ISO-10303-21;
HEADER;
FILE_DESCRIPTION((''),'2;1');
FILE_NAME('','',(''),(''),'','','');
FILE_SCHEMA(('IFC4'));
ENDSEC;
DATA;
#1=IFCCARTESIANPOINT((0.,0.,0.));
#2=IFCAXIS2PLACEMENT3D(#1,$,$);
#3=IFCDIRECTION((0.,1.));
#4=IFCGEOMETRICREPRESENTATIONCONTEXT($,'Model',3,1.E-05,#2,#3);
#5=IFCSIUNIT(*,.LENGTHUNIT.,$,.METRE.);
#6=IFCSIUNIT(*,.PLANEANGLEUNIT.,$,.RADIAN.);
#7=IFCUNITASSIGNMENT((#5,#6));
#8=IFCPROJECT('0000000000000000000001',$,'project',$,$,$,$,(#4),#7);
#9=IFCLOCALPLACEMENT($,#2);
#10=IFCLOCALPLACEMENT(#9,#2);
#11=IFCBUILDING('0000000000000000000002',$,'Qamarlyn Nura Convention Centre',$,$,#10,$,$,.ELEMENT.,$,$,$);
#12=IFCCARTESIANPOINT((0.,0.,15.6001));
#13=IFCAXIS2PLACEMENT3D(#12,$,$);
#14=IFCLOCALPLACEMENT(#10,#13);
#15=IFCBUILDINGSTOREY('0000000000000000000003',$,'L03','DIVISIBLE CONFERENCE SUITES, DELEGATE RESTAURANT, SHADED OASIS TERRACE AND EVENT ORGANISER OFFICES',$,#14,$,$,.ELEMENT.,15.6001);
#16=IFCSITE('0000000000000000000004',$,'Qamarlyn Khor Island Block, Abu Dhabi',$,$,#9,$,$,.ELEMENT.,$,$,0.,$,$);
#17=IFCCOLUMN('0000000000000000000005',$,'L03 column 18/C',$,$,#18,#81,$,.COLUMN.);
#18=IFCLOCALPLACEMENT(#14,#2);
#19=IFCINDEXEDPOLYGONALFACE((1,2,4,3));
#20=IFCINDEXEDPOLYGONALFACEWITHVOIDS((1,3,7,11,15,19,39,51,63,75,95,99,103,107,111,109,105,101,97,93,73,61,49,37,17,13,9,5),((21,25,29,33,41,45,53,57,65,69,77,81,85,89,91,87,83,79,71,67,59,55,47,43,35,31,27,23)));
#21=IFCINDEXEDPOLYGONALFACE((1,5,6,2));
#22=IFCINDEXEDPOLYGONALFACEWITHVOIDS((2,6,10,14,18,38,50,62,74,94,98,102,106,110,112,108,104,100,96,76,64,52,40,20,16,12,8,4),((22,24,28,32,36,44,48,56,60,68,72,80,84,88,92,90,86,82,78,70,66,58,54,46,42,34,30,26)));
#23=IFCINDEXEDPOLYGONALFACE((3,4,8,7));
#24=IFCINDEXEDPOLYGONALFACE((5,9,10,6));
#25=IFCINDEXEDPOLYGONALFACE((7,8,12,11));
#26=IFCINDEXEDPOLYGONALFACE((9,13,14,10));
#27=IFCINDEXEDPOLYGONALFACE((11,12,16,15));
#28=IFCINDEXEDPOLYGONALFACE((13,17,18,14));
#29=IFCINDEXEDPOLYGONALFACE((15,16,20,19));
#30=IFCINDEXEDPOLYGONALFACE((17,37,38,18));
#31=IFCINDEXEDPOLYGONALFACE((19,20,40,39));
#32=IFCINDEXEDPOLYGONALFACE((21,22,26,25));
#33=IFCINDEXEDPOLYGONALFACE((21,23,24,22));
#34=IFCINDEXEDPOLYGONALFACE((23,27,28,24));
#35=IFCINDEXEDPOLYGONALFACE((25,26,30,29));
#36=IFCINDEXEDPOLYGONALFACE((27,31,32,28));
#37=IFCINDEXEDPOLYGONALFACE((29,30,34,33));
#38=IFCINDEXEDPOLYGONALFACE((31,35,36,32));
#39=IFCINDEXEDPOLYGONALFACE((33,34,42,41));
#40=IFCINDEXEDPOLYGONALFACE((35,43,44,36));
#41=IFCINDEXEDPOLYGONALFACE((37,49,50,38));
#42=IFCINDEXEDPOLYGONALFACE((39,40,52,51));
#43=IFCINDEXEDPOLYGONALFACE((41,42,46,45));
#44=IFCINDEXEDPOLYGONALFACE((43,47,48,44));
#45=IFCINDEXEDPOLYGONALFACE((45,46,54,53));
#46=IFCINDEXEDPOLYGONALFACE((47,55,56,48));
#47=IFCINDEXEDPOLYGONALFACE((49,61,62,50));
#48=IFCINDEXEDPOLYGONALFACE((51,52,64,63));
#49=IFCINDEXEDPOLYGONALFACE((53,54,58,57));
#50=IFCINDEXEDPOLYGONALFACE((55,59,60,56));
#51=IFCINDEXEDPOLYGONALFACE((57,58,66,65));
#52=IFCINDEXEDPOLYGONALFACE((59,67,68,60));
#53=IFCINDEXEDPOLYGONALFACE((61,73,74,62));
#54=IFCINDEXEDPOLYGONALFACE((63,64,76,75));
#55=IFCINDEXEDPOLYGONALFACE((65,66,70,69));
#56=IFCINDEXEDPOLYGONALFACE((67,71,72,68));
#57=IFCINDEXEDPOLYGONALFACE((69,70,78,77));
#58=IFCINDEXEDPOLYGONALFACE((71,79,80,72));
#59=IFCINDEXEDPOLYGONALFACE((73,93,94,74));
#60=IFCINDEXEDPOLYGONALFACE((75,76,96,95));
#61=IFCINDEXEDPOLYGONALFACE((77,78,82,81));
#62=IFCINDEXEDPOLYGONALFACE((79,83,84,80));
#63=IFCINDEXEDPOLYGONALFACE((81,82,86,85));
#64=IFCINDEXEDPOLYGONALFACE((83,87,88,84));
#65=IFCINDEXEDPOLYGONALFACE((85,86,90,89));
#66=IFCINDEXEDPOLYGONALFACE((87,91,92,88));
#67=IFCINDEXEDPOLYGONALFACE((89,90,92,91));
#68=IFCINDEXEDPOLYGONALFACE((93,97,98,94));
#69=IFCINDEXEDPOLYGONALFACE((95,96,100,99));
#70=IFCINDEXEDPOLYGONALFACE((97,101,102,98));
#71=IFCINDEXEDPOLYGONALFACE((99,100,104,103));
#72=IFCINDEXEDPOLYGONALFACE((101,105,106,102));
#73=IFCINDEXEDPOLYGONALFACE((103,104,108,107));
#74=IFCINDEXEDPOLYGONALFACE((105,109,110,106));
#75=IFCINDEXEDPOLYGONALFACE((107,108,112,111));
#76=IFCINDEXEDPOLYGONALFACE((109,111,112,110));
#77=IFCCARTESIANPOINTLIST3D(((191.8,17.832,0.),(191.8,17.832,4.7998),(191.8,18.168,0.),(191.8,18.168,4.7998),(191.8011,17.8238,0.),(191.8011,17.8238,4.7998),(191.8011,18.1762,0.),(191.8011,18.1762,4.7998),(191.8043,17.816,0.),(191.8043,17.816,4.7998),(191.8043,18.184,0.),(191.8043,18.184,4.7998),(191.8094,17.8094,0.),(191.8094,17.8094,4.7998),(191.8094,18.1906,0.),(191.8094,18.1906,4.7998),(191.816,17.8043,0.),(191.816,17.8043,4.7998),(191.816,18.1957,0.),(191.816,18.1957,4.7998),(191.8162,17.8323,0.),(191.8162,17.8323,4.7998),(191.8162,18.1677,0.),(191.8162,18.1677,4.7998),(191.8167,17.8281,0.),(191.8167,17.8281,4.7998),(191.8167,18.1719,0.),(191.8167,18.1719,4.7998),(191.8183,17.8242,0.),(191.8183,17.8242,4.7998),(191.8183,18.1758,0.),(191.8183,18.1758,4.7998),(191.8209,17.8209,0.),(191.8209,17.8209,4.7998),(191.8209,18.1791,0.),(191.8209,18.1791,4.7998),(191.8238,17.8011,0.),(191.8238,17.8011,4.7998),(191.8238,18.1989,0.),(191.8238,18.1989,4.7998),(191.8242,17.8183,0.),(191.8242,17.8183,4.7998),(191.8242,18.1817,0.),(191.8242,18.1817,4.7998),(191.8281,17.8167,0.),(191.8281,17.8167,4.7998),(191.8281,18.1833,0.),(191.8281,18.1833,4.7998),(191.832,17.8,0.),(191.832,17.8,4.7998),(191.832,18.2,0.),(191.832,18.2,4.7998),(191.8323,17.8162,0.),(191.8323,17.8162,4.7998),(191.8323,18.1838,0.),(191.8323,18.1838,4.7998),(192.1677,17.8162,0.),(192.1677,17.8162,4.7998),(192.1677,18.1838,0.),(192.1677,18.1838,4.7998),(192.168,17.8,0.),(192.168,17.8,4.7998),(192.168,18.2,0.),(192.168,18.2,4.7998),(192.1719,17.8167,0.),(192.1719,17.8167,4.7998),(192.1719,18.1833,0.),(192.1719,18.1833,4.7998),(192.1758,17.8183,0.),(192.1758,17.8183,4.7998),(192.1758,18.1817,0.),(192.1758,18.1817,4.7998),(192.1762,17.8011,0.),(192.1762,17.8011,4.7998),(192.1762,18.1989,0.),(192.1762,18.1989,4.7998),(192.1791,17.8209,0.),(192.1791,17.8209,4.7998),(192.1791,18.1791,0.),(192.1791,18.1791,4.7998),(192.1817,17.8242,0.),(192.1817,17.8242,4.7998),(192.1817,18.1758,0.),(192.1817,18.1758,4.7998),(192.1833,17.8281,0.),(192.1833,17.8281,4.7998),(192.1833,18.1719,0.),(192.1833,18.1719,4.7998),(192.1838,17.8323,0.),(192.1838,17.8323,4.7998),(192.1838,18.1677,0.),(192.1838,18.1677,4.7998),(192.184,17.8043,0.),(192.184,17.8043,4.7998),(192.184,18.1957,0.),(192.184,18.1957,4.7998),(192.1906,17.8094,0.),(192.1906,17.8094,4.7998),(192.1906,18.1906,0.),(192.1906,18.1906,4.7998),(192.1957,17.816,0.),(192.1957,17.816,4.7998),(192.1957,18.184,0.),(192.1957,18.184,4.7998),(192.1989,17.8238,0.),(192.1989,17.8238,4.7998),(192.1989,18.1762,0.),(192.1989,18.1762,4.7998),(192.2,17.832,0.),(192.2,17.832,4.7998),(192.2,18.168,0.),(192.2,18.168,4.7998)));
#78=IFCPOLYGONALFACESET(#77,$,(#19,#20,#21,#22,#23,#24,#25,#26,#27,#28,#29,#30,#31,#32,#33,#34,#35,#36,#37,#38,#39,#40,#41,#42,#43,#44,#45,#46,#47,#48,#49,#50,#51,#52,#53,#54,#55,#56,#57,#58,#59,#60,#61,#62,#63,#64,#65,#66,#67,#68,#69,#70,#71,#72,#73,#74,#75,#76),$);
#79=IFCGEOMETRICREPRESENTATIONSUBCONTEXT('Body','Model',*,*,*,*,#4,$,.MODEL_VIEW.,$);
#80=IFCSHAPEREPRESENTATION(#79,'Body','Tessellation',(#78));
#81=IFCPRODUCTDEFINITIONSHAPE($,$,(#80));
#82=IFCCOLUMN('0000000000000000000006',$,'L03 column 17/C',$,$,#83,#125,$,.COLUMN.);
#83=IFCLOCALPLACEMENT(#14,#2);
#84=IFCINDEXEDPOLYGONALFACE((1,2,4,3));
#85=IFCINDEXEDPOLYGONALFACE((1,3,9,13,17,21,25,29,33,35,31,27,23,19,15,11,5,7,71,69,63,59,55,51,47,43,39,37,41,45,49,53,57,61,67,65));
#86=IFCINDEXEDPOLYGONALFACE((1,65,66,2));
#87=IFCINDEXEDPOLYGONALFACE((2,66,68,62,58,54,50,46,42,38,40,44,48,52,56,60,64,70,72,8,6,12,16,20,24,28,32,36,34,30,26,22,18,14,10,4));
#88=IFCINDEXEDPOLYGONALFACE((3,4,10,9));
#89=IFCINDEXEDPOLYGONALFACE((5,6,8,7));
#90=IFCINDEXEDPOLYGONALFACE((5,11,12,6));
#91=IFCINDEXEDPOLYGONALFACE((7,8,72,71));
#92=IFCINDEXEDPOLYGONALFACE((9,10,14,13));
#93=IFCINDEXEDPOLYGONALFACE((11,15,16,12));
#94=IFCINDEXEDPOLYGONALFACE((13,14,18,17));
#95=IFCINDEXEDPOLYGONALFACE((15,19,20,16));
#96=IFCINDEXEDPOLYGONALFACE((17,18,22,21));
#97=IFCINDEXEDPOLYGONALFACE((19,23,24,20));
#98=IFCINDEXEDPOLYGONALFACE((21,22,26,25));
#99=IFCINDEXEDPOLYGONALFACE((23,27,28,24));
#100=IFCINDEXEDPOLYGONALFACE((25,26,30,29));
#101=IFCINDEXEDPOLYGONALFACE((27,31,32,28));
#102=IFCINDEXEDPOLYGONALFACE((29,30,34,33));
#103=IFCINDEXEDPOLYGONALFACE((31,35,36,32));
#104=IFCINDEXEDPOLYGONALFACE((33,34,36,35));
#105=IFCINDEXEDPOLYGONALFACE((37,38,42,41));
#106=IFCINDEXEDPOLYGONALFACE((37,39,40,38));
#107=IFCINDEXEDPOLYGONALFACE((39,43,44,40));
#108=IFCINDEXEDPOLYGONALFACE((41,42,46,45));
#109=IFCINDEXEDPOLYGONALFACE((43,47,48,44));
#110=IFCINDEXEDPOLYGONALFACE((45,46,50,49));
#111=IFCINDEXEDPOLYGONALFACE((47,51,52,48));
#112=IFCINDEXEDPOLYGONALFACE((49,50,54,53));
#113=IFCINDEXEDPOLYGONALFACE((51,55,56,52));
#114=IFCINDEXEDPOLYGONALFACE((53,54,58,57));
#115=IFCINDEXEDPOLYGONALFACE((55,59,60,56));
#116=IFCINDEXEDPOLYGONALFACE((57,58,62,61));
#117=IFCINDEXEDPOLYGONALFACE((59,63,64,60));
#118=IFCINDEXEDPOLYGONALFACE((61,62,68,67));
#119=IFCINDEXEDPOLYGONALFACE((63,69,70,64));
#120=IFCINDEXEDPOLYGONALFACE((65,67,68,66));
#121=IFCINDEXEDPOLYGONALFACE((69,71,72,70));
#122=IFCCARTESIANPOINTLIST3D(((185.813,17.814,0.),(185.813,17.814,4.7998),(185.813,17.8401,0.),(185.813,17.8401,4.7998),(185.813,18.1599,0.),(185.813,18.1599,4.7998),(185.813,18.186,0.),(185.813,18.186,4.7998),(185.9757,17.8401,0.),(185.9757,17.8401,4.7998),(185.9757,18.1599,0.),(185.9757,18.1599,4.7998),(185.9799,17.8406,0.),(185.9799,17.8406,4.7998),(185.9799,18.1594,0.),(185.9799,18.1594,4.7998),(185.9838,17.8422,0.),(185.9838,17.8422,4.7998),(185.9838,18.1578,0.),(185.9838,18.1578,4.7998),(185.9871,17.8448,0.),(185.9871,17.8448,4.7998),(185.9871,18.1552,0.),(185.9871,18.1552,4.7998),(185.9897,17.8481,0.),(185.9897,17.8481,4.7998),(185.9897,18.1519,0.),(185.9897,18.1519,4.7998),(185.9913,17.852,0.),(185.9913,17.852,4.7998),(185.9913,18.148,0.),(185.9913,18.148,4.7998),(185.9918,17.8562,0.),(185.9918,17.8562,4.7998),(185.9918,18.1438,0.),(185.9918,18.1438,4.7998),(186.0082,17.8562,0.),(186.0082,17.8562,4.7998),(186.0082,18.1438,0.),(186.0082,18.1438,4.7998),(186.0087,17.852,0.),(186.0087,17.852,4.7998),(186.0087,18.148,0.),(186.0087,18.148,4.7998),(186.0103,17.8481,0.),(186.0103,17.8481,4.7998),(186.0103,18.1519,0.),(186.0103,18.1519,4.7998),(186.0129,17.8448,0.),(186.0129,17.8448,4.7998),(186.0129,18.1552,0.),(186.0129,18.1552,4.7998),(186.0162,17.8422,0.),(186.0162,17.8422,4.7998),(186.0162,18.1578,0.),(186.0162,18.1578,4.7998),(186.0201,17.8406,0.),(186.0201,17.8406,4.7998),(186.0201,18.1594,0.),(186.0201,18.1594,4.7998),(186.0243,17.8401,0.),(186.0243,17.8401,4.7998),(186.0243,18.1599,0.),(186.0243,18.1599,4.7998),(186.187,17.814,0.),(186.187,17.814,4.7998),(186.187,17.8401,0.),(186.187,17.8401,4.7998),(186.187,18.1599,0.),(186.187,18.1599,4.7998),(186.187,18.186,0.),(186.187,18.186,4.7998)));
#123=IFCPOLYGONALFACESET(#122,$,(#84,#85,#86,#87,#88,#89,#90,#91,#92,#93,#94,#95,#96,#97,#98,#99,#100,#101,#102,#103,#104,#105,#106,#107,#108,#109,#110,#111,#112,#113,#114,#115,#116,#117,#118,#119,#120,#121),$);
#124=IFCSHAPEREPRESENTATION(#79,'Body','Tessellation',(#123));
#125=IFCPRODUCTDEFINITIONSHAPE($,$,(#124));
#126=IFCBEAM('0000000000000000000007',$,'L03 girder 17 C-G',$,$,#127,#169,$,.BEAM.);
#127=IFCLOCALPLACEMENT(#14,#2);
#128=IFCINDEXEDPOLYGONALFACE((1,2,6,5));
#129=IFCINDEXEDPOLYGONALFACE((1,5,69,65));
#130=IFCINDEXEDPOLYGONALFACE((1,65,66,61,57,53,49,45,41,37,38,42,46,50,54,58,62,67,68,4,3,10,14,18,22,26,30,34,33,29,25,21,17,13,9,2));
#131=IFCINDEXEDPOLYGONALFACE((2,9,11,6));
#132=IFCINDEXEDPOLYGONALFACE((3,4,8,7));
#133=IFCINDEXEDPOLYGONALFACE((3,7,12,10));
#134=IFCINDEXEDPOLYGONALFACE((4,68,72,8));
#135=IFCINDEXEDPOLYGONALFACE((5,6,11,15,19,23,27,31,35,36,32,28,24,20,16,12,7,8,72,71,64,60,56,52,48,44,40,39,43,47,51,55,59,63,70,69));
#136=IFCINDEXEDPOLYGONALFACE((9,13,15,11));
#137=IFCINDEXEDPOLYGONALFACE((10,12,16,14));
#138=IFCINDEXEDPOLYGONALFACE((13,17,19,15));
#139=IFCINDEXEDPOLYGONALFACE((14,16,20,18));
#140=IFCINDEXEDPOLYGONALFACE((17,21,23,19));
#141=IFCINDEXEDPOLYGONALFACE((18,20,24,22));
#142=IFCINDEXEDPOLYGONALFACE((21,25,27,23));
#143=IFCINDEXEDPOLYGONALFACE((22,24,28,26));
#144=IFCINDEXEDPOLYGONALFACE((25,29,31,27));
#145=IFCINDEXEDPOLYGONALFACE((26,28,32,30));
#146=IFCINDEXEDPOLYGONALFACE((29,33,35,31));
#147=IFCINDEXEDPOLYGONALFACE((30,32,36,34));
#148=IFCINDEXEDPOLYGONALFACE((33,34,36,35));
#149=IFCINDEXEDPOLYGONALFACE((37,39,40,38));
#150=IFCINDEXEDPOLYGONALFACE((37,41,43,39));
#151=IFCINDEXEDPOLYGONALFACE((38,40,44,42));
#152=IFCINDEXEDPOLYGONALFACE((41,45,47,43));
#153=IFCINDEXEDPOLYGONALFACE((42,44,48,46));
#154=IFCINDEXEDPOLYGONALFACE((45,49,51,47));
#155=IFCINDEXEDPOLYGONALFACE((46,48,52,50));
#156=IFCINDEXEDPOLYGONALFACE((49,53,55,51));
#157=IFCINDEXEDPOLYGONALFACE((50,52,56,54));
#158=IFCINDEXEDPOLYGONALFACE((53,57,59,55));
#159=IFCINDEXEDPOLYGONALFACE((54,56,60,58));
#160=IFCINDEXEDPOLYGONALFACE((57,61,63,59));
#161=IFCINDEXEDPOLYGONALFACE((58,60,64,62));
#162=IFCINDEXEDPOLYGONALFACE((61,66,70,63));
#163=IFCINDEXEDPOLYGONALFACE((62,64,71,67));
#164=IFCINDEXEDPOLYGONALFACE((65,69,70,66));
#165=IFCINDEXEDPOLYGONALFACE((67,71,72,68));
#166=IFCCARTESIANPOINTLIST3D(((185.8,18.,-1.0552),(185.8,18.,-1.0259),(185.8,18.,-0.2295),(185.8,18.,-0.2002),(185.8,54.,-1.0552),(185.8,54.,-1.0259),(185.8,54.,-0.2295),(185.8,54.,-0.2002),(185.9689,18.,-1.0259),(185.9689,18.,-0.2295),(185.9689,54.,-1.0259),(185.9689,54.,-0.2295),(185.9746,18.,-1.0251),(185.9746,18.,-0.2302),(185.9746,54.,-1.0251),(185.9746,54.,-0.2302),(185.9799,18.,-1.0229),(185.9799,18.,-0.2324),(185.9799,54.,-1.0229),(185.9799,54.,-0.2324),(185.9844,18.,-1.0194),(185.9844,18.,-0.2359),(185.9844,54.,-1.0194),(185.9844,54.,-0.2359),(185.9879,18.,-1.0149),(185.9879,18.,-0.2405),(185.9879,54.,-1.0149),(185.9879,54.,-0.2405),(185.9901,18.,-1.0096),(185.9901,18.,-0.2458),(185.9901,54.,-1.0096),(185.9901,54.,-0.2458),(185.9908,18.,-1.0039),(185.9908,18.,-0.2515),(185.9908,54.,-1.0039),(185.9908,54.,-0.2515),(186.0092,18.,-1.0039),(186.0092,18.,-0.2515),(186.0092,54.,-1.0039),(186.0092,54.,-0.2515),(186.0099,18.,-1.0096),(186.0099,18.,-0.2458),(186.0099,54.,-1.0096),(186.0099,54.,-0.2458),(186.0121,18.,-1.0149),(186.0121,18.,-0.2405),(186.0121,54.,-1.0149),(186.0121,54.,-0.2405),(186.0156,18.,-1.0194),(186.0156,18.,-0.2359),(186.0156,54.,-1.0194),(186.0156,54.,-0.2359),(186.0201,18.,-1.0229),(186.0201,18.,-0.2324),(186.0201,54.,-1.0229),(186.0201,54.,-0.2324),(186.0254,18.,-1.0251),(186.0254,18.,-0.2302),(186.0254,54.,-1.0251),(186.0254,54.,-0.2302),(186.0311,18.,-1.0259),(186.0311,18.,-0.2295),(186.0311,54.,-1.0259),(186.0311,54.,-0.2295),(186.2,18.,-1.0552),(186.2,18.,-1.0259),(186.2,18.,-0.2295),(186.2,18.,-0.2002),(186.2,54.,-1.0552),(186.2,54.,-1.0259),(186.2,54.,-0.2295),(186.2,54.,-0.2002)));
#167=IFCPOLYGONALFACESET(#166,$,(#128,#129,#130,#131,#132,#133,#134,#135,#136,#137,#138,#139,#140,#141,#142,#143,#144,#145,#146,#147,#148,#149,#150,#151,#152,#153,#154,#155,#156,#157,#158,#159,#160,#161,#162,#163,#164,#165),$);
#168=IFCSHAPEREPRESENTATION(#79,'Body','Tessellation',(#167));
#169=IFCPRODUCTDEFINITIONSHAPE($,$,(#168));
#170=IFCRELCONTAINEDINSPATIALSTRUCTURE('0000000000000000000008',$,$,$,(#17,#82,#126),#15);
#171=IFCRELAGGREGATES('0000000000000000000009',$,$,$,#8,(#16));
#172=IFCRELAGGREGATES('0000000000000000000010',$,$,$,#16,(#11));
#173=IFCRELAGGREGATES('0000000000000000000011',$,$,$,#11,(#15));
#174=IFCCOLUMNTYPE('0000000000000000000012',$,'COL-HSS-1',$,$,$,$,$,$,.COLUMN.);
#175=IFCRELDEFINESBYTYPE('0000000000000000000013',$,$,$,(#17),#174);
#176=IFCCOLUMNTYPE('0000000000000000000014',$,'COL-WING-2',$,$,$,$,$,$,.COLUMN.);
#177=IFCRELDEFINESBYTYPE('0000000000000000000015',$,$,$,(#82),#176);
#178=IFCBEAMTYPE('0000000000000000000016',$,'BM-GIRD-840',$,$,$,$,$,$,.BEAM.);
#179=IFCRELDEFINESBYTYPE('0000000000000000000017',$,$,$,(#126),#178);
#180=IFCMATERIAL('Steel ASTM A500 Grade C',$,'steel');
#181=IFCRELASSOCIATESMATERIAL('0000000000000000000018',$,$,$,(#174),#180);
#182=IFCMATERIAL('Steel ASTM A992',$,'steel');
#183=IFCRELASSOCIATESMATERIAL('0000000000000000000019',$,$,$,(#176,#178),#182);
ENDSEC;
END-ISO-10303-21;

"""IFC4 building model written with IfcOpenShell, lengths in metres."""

from ifc_helpers import new_model, si_unit, direction, frame, origin, origin_2d, place, context, subcontext, project, spatial, hollow_rectangle, i_section, extrude, material, material_profile, profile_set, type_object, element, save


model = new_model("IFC4")

# Units and contexts
model_context = context("Model", 3, precision=1e-05, world=origin(), true_north=direction((0.0, 1.0)))
body_context = subcontext(model_context, "Body", "Model", "MODEL_VIEW")
ifc_project = project(units=[si_unit("LENGTHUNIT", "METRE"), si_unit("PLANEANGLEUNIT", "RADIAN")], contexts=[model_context])

# Site, building, storey
site_placement = place(None, origin())
site = spatial("IfcSite", under=ifc_project, at=site_placement, Name="Qamarlyn Khor Island Block, Abu Dhabi", CompositionType="ELEMENT", RefElevation=0.0)
building_placement = place(site_placement, origin())
building = spatial("IfcBuilding", under=site, at=building_placement, Name="Qamarlyn Nura Convention Centre", CompositionType="ELEMENT")
storey_placement = place(building_placement, frame((0.0, 0.0, 15.6001)))
storey = spatial("IfcBuildingStorey", under=building, at=storey_placement, Name="L03", Description="DIVISIBLE CONFERENCE SUITES, DELEGATE RESTAURANT, SHADED OASIS TERRACE AND EVENT ORGANISER OFFICES", CompositionType="ELEMENT", Elevation=15.6001)

# Columns
ifc_material_1 = material(Name="Steel ASTM A500 Grade C", Category="steel")
ifc_material_profile_1 = material_profile(ifc_material_1, hollow_rectangle(XDim=0.3999, YDim=0.3999, WallThickness=0.0161, InnerFilletRadius=0.0161, OuterFilletRadius=0.032, at=origin_2d()), Name="HSS400X400X16")
ifc_profile_set_1 = profile_set([ifc_material_profile_1], Name="Steel ASTM A500 Grade C")
column_type_1 = type_object("IfcColumnType", Name="COL-HSS-1", PredefinedType="COLUMN", material=ifc_profile_set_1)
column_1_placement = place(storey_placement, frame((192.0, 18.0, 0.0), z_axis=(0.0, 0.0, 1.0), x_axis=(1.0, 0.0, 0.0)))
element("IfcColumn", 1, at=column_1_placement, inside=storey, type_object=column_type_1, Name="L03 column 18/C", PredefinedType="COLUMN", context=body_context, shape_type="SweptSolid", body=[
    extrude(hollow_rectangle(XDim=0.3999, YDim=0.3999, WallThickness=0.0161, InnerFilletRadius=0.0161, OuterFilletRadius=0.032, at=origin_2d()), origin(), (0.0, 0.0, 1.0), 4.7998),
])
ifc_material_2 = material(Name="Steel ASTM A992", Category="steel")
ifc_material_profile_2 = material_profile(ifc_material_2, i_section(OverallWidth=0.374, OverallDepth=0.3721, WebThickness=0.0164, FlangeThickness=0.0261, FilletRadius=0.0161, at=origin_2d()), Name="W360X196")
ifc_profile_set_2 = profile_set([ifc_material_profile_2], Name="Steel ASTM A992")
column_type_2 = type_object("IfcColumnType", Name="COL-WING-2", PredefinedType="COLUMN", material=ifc_profile_set_2)
column_2_placement = place(storey_placement, frame((186.0, 18.0, 0.0), z_axis=(0.0, 0.0, 1.0), x_axis=(1.0, 0.0, 0.0)))
element("IfcColumn", 2, at=column_2_placement, inside=storey, type_object=column_type_2, Name="L03 column 17/C", PredefinedType="COLUMN", context=body_context, shape_type="SweptSolid", body=[
    extrude(i_section(OverallWidth=0.374, OverallDepth=0.3721, WebThickness=0.0164, FlangeThickness=0.0261, FilletRadius=0.0161, at=origin_2d()), origin(), (0.0, 0.0, 1.0), 4.7998),
])

# Beam
ifc_material_profile_3 = material_profile(ifc_material_2, i_section(OverallWidth=0.3999, OverallDepth=0.855, WebThickness=0.0183, FlangeThickness=0.0293, FilletRadius=0.022, at=origin_2d()), Name="W840X299")
ifc_profile_set_3 = profile_set([ifc_material_profile_3], Name="Steel ASTM A992")
beam_type_1 = type_object("IfcBeamType", Name="BM-GIRD-840", PredefinedType="BEAM", material=ifc_profile_set_3)
beam_1_placement = place(storey_placement, frame((186.0, 18.0, -0.6277), z_axis=(0.0, 1.0, 0.0), x_axis=(-1.0, 0.0, 0.0)))
element("IfcBeam", 3, at=beam_1_placement, inside=storey, type_object=beam_type_1, Name="L03 girder 17 C-G", PredefinedType="BEAM", context=body_context, shape_type="SweptSolid", body=[
    extrude(i_section(OverallWidth=0.3999, OverallDepth=0.855, WebThickness=0.0183, FlangeThickness=0.0293, FilletRadius=0.022, at=origin_2d()), origin(), (0.0, 0.0, 1.0), 36.0),
])

save(model, "model.ifc")
